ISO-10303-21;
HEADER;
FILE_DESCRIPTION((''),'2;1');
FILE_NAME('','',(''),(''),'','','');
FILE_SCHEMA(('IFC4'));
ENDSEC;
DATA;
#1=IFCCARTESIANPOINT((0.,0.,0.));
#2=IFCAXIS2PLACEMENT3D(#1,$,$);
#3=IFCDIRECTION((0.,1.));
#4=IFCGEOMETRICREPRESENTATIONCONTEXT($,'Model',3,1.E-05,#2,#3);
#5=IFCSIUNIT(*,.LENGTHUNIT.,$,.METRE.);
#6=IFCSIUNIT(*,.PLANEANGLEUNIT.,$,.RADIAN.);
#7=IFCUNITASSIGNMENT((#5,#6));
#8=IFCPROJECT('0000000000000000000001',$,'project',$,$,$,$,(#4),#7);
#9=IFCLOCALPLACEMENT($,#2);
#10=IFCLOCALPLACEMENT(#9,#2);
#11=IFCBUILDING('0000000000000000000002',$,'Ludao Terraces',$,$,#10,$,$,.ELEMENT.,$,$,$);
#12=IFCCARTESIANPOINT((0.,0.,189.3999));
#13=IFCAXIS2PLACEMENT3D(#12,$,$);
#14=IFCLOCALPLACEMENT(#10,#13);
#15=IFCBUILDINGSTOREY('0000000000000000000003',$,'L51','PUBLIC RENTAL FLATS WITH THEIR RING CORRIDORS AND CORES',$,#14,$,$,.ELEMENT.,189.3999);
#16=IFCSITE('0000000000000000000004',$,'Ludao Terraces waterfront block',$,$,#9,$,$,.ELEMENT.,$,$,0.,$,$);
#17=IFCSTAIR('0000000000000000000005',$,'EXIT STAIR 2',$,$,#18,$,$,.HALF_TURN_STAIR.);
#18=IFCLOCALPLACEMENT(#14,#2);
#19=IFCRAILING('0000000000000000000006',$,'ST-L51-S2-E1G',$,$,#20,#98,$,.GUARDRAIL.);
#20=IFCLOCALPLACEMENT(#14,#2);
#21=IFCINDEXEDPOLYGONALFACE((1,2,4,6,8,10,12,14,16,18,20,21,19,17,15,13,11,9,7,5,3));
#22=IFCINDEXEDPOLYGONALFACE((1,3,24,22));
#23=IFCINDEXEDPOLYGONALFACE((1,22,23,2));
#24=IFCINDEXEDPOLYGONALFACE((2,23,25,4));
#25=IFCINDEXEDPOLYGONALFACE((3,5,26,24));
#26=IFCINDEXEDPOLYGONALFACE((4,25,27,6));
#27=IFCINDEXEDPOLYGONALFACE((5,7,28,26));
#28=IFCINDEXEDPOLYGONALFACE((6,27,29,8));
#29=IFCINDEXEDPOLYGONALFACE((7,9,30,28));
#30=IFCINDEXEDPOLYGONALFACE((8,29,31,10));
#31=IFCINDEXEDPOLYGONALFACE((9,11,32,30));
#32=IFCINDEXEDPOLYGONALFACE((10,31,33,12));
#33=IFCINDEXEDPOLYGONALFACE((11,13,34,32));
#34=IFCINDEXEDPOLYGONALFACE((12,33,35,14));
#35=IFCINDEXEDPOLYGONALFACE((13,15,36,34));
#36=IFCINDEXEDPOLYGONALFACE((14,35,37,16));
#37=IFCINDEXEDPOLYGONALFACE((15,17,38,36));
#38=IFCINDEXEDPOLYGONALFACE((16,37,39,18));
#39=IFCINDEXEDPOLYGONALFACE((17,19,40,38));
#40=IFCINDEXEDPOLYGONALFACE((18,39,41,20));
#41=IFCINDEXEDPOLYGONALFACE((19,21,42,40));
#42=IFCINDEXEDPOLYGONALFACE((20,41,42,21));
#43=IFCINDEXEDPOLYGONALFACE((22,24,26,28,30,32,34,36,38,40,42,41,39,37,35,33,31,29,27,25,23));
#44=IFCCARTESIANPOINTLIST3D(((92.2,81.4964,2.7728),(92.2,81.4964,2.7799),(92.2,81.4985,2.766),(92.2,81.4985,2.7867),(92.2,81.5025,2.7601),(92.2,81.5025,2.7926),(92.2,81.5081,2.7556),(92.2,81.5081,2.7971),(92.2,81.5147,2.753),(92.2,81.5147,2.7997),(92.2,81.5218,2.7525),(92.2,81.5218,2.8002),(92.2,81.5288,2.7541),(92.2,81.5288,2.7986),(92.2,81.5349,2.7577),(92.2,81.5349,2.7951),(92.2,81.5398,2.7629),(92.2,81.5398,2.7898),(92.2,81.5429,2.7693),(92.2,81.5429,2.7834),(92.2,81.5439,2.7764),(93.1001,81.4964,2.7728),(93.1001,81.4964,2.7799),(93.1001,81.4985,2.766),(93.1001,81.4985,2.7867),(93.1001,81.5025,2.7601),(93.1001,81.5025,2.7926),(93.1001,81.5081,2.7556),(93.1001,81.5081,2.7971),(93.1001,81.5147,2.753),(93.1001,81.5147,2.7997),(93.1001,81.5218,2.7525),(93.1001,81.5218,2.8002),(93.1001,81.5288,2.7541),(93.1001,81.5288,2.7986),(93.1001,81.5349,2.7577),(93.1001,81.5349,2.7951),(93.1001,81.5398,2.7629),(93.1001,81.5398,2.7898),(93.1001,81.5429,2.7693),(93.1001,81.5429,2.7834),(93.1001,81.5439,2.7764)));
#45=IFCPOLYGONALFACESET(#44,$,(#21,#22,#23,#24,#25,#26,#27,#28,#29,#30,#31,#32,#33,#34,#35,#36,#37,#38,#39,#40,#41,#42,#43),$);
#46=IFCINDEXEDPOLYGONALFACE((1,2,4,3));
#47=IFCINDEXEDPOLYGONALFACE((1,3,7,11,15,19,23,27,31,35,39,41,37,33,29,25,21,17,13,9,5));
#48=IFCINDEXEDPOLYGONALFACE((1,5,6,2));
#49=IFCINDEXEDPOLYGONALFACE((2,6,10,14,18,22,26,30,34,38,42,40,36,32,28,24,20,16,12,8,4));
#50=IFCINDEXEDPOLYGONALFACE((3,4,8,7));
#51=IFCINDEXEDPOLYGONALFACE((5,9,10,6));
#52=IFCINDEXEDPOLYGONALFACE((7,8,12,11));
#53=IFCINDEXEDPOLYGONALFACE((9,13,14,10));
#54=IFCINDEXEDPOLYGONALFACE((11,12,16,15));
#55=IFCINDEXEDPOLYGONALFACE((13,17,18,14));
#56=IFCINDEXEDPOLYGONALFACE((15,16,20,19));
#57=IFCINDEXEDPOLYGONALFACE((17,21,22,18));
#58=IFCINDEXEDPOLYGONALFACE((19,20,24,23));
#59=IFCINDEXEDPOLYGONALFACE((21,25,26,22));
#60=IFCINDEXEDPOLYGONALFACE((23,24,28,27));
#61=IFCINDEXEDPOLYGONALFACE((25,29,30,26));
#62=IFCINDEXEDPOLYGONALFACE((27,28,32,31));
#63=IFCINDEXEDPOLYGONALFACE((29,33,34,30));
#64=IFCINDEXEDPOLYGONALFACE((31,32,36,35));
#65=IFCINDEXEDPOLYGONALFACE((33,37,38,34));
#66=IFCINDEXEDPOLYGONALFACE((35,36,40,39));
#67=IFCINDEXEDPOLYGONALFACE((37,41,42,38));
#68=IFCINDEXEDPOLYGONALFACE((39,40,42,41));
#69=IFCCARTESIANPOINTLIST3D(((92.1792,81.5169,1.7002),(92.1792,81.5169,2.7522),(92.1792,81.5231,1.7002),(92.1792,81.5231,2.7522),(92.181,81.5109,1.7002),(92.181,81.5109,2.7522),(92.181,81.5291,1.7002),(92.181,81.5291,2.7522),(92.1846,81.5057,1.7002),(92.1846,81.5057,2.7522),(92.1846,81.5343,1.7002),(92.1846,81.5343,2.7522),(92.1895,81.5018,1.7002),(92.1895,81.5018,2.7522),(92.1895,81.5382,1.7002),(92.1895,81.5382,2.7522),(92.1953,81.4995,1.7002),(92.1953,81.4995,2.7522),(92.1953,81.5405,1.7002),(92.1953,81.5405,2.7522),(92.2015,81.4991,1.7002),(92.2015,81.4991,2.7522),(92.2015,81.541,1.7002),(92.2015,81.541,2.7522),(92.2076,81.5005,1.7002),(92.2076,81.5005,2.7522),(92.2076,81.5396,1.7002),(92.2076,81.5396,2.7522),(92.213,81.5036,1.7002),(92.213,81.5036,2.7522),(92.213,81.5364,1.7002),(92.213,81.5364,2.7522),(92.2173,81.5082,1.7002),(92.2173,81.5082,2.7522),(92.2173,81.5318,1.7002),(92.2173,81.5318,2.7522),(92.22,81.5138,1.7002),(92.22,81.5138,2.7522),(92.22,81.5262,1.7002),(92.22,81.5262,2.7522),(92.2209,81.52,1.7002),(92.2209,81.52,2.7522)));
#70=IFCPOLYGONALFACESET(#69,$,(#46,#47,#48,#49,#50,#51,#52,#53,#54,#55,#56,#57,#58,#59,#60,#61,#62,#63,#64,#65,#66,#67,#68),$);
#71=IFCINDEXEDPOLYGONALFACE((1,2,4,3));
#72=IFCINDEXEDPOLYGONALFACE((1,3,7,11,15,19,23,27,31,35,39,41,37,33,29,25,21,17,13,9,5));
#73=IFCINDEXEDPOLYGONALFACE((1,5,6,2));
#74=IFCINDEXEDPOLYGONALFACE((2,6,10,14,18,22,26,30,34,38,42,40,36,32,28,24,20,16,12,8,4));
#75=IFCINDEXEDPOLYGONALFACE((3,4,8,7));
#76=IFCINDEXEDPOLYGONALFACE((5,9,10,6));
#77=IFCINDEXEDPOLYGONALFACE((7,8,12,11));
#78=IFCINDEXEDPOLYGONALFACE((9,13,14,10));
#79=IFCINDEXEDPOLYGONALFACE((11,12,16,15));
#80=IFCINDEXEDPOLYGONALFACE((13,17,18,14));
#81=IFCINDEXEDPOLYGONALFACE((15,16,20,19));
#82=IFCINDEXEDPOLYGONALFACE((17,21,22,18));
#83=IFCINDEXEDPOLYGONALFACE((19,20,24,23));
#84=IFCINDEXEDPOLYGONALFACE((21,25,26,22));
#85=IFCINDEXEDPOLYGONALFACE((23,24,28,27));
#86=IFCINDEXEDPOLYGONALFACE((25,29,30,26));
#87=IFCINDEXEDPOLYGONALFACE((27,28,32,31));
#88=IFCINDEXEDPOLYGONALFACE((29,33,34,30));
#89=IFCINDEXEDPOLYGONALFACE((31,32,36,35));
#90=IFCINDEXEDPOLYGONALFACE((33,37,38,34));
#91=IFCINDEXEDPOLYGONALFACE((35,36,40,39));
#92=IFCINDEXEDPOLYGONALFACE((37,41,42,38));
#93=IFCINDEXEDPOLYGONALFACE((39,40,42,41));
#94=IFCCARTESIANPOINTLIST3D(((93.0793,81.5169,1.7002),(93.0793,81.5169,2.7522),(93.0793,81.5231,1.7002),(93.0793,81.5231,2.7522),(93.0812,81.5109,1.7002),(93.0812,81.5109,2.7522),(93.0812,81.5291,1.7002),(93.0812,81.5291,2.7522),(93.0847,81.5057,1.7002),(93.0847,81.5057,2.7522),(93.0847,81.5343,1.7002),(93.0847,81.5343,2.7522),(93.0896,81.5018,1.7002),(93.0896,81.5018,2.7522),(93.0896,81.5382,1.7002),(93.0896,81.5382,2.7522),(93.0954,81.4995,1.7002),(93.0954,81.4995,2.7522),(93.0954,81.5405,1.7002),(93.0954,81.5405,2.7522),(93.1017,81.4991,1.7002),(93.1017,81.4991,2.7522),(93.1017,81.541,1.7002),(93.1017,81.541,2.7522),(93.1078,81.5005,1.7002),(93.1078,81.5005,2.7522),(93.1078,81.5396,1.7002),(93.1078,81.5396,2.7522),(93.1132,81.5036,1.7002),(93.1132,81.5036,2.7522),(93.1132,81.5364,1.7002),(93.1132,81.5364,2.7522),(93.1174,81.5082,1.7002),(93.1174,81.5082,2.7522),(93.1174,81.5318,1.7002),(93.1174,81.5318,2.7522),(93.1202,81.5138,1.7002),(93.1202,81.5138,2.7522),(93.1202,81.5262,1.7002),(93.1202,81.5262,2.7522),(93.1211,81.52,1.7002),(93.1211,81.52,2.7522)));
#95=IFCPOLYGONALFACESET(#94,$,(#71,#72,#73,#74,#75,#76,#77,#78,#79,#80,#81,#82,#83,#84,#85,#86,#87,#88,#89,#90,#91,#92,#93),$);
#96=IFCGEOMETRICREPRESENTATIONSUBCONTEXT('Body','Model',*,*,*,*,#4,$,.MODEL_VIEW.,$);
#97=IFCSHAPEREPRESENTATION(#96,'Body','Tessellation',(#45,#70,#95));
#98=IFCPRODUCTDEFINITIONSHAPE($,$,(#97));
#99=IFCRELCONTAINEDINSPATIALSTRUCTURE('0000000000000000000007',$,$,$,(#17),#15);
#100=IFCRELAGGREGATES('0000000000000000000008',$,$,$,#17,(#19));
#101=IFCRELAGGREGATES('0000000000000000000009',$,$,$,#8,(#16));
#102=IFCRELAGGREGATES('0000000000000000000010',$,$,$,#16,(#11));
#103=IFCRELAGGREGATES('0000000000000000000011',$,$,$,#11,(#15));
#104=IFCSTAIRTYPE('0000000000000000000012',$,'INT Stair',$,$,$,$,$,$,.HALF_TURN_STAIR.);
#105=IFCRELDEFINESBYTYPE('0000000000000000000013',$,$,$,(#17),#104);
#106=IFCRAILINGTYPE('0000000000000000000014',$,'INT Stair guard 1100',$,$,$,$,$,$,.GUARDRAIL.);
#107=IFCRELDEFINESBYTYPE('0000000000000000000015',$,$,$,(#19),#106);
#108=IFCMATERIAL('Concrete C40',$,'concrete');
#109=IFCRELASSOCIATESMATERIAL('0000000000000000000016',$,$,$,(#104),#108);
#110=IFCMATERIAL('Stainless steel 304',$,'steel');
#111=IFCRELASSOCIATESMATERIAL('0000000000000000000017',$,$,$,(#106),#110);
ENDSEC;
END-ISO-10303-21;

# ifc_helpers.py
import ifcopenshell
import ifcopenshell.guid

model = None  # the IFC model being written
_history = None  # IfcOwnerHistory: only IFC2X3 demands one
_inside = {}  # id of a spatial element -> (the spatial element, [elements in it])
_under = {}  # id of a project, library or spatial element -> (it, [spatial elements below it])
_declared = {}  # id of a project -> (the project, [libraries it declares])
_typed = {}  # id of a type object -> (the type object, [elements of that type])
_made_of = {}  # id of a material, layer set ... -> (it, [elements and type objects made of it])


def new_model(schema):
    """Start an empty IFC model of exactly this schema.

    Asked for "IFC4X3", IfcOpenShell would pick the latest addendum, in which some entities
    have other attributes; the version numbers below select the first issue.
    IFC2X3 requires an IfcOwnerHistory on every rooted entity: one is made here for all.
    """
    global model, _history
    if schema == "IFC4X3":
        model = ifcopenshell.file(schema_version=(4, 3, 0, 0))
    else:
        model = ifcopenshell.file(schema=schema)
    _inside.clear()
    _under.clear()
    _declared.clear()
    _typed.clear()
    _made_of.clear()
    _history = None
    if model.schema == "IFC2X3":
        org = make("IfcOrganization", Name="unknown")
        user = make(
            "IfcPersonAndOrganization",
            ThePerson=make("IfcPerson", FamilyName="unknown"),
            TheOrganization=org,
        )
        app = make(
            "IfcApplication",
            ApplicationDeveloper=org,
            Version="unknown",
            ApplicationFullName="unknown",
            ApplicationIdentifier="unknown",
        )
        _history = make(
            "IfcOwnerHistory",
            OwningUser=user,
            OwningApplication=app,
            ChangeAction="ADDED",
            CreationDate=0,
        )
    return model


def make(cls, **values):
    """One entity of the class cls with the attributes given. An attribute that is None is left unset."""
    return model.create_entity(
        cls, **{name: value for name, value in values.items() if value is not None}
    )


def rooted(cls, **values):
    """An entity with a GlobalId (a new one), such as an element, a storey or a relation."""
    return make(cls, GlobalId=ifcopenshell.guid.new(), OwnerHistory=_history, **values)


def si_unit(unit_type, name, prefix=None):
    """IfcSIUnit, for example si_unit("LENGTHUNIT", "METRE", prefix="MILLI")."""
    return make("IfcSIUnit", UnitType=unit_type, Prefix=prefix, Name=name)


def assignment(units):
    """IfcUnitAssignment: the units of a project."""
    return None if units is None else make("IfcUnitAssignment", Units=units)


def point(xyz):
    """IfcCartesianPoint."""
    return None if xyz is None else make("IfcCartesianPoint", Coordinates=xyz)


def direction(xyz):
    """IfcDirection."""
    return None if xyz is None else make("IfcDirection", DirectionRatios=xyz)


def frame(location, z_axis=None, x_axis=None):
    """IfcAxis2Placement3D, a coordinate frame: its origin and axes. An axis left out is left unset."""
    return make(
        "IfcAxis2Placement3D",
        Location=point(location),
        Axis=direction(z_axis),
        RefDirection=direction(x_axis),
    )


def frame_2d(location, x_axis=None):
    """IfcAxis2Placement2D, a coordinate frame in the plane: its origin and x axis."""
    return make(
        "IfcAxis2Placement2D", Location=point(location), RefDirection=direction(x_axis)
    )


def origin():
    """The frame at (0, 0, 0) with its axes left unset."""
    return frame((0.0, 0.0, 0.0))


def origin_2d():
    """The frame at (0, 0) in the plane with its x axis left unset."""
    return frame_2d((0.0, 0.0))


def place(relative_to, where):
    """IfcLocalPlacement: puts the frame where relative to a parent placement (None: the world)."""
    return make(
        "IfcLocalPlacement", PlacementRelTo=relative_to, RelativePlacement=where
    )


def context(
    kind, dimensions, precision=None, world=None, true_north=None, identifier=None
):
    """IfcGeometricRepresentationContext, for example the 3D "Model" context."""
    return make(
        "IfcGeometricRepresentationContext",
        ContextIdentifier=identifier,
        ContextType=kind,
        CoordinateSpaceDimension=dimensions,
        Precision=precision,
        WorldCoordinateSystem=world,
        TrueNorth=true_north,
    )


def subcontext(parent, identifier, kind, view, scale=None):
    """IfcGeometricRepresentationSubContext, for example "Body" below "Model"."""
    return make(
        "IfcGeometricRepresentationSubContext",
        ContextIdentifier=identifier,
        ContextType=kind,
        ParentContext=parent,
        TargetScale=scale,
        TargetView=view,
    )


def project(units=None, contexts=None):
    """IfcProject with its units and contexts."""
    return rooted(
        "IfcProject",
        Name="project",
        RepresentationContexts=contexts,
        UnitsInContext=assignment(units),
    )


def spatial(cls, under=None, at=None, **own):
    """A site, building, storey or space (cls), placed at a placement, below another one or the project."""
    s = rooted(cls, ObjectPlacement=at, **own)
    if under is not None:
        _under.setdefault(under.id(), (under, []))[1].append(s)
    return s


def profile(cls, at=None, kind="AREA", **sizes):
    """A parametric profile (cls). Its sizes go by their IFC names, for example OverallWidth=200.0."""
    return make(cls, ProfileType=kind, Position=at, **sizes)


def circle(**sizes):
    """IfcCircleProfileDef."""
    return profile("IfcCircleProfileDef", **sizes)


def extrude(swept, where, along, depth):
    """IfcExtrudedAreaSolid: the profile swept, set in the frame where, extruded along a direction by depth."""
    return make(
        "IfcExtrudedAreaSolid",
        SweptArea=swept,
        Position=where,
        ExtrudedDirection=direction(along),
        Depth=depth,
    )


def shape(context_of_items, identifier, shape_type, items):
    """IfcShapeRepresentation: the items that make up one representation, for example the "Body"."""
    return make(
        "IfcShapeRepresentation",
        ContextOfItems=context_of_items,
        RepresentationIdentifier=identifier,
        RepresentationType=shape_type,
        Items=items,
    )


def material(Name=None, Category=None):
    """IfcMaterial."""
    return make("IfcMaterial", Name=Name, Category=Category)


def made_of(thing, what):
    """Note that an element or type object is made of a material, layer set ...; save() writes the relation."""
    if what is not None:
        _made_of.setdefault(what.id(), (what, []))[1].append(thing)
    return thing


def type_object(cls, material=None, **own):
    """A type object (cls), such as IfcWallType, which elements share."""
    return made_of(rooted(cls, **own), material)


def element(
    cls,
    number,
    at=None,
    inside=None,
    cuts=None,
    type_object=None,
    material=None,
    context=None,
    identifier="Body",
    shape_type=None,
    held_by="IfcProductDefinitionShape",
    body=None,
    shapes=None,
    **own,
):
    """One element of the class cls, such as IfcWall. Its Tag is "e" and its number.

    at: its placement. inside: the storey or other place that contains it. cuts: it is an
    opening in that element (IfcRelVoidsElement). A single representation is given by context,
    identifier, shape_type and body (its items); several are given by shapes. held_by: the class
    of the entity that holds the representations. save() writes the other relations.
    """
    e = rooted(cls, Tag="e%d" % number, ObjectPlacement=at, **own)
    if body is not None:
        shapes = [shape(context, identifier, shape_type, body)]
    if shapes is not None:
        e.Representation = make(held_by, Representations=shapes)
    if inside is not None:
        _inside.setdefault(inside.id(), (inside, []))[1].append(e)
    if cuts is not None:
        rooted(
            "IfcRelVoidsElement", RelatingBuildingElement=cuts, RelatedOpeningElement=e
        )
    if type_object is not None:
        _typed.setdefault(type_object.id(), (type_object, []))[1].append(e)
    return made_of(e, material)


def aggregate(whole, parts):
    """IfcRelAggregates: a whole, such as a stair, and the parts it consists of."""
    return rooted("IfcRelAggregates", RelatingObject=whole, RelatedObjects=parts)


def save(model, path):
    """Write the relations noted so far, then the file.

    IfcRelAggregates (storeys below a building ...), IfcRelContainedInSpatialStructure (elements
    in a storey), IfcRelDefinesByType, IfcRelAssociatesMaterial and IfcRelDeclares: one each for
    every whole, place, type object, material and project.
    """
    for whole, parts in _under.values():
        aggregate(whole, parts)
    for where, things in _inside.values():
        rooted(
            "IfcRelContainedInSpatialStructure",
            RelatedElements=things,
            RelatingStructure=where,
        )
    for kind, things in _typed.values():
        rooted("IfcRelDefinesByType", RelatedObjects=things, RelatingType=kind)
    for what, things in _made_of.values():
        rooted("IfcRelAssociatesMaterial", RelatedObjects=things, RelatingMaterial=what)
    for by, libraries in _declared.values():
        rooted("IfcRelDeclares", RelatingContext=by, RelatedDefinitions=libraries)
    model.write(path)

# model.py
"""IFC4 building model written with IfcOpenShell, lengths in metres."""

from ifc_helpers import new_model, si_unit, direction, frame, origin, origin_2d, place, context, subcontext, project, spatial, circle, extrude, material, type_object, element, aggregate, save


model = new_model("IFC4")

# Units and contexts
model_context = context("Model", 3, precision=1e-05, world=origin(), true_north=direction((0.0, 1.0)))
body_context = subcontext(model_context, "Body", "Model", "MODEL_VIEW")
ifc_project = project(units=[si_unit("LENGTHUNIT", "METRE"), si_unit("PLANEANGLEUNIT", "RADIAN")], contexts=[model_context])

# Site, building, storey
site_placement = place(None, origin())
site = spatial("IfcSite", under=ifc_project, at=site_placement, Name="Ludao Terraces waterfront block", CompositionType="ELEMENT", RefElevation=0.0)
building_placement = place(site_placement, origin())
building = spatial("IfcBuilding", under=site, at=building_placement, Name="Ludao Terraces", CompositionType="ELEMENT")
storey_placement = place(building_placement, frame((0.0, 0.0, 189.3999)))
storey = spatial("IfcBuildingStorey", under=building, at=storey_placement, Name="L51", Description="PUBLIC RENTAL FLATS WITH THEIR RING CORRIDORS AND CORES", CompositionType="ELEMENT", Elevation=189.3999)

# Shared definitions
ifc_material_1 = material(Name="Stainless steel 304", Category="steel")

# Stair, railing
ifc_material_2 = material(Name="Concrete C40", Category="concrete")
stair_type = type_object("IfcStairType", Name="INT Stair", PredefinedType="HALF_TURN_STAIR", material=ifc_material_2)
stair_placement = place(storey_placement, origin())
stair = element("IfcStair", 1, at=stair_placement, inside=storey, type_object=stair_type, Name="EXIT STAIR 2", PredefinedType="HALF_TURN_STAIR")
railing_type_1 = type_object("IfcRailingType", Name="INT Stair guard 1100", PredefinedType="GUARDRAIL", material=ifc_material_1)
railing_1_placement = place(storey_placement, frame((92.2, 81.52, 1.7002)))
railing_1 = element("IfcRailing", 2, at=railing_1_placement, type_object=railing_type_1, Name="ST-L51-S2-E1G", PredefinedType="GUARDRAIL", context=body_context, shape_type="SweptSolid", body=[
    extrude(circle(Radius=0.0239, at=origin_2d()), frame((0.0, 0.0, 1.0762), z_axis=(1.0, 0.0, 0.0), x_axis=(0.0, 1.0, 0.0)), (0.0, 0.0, 1.0), 0.9001),
    extrude(circle(Radius=0.021, at=origin_2d()), origin(), (0.0, 0.0, 1.0), 1.052),
    extrude(circle(Radius=0.021, at=origin_2d()), frame((0.9001, 0.0, 0.0)), (0.0, 0.0, 1.0), 1.052),
])
aggregate(stair, [railing_1])

save(model, "model.ifc")
